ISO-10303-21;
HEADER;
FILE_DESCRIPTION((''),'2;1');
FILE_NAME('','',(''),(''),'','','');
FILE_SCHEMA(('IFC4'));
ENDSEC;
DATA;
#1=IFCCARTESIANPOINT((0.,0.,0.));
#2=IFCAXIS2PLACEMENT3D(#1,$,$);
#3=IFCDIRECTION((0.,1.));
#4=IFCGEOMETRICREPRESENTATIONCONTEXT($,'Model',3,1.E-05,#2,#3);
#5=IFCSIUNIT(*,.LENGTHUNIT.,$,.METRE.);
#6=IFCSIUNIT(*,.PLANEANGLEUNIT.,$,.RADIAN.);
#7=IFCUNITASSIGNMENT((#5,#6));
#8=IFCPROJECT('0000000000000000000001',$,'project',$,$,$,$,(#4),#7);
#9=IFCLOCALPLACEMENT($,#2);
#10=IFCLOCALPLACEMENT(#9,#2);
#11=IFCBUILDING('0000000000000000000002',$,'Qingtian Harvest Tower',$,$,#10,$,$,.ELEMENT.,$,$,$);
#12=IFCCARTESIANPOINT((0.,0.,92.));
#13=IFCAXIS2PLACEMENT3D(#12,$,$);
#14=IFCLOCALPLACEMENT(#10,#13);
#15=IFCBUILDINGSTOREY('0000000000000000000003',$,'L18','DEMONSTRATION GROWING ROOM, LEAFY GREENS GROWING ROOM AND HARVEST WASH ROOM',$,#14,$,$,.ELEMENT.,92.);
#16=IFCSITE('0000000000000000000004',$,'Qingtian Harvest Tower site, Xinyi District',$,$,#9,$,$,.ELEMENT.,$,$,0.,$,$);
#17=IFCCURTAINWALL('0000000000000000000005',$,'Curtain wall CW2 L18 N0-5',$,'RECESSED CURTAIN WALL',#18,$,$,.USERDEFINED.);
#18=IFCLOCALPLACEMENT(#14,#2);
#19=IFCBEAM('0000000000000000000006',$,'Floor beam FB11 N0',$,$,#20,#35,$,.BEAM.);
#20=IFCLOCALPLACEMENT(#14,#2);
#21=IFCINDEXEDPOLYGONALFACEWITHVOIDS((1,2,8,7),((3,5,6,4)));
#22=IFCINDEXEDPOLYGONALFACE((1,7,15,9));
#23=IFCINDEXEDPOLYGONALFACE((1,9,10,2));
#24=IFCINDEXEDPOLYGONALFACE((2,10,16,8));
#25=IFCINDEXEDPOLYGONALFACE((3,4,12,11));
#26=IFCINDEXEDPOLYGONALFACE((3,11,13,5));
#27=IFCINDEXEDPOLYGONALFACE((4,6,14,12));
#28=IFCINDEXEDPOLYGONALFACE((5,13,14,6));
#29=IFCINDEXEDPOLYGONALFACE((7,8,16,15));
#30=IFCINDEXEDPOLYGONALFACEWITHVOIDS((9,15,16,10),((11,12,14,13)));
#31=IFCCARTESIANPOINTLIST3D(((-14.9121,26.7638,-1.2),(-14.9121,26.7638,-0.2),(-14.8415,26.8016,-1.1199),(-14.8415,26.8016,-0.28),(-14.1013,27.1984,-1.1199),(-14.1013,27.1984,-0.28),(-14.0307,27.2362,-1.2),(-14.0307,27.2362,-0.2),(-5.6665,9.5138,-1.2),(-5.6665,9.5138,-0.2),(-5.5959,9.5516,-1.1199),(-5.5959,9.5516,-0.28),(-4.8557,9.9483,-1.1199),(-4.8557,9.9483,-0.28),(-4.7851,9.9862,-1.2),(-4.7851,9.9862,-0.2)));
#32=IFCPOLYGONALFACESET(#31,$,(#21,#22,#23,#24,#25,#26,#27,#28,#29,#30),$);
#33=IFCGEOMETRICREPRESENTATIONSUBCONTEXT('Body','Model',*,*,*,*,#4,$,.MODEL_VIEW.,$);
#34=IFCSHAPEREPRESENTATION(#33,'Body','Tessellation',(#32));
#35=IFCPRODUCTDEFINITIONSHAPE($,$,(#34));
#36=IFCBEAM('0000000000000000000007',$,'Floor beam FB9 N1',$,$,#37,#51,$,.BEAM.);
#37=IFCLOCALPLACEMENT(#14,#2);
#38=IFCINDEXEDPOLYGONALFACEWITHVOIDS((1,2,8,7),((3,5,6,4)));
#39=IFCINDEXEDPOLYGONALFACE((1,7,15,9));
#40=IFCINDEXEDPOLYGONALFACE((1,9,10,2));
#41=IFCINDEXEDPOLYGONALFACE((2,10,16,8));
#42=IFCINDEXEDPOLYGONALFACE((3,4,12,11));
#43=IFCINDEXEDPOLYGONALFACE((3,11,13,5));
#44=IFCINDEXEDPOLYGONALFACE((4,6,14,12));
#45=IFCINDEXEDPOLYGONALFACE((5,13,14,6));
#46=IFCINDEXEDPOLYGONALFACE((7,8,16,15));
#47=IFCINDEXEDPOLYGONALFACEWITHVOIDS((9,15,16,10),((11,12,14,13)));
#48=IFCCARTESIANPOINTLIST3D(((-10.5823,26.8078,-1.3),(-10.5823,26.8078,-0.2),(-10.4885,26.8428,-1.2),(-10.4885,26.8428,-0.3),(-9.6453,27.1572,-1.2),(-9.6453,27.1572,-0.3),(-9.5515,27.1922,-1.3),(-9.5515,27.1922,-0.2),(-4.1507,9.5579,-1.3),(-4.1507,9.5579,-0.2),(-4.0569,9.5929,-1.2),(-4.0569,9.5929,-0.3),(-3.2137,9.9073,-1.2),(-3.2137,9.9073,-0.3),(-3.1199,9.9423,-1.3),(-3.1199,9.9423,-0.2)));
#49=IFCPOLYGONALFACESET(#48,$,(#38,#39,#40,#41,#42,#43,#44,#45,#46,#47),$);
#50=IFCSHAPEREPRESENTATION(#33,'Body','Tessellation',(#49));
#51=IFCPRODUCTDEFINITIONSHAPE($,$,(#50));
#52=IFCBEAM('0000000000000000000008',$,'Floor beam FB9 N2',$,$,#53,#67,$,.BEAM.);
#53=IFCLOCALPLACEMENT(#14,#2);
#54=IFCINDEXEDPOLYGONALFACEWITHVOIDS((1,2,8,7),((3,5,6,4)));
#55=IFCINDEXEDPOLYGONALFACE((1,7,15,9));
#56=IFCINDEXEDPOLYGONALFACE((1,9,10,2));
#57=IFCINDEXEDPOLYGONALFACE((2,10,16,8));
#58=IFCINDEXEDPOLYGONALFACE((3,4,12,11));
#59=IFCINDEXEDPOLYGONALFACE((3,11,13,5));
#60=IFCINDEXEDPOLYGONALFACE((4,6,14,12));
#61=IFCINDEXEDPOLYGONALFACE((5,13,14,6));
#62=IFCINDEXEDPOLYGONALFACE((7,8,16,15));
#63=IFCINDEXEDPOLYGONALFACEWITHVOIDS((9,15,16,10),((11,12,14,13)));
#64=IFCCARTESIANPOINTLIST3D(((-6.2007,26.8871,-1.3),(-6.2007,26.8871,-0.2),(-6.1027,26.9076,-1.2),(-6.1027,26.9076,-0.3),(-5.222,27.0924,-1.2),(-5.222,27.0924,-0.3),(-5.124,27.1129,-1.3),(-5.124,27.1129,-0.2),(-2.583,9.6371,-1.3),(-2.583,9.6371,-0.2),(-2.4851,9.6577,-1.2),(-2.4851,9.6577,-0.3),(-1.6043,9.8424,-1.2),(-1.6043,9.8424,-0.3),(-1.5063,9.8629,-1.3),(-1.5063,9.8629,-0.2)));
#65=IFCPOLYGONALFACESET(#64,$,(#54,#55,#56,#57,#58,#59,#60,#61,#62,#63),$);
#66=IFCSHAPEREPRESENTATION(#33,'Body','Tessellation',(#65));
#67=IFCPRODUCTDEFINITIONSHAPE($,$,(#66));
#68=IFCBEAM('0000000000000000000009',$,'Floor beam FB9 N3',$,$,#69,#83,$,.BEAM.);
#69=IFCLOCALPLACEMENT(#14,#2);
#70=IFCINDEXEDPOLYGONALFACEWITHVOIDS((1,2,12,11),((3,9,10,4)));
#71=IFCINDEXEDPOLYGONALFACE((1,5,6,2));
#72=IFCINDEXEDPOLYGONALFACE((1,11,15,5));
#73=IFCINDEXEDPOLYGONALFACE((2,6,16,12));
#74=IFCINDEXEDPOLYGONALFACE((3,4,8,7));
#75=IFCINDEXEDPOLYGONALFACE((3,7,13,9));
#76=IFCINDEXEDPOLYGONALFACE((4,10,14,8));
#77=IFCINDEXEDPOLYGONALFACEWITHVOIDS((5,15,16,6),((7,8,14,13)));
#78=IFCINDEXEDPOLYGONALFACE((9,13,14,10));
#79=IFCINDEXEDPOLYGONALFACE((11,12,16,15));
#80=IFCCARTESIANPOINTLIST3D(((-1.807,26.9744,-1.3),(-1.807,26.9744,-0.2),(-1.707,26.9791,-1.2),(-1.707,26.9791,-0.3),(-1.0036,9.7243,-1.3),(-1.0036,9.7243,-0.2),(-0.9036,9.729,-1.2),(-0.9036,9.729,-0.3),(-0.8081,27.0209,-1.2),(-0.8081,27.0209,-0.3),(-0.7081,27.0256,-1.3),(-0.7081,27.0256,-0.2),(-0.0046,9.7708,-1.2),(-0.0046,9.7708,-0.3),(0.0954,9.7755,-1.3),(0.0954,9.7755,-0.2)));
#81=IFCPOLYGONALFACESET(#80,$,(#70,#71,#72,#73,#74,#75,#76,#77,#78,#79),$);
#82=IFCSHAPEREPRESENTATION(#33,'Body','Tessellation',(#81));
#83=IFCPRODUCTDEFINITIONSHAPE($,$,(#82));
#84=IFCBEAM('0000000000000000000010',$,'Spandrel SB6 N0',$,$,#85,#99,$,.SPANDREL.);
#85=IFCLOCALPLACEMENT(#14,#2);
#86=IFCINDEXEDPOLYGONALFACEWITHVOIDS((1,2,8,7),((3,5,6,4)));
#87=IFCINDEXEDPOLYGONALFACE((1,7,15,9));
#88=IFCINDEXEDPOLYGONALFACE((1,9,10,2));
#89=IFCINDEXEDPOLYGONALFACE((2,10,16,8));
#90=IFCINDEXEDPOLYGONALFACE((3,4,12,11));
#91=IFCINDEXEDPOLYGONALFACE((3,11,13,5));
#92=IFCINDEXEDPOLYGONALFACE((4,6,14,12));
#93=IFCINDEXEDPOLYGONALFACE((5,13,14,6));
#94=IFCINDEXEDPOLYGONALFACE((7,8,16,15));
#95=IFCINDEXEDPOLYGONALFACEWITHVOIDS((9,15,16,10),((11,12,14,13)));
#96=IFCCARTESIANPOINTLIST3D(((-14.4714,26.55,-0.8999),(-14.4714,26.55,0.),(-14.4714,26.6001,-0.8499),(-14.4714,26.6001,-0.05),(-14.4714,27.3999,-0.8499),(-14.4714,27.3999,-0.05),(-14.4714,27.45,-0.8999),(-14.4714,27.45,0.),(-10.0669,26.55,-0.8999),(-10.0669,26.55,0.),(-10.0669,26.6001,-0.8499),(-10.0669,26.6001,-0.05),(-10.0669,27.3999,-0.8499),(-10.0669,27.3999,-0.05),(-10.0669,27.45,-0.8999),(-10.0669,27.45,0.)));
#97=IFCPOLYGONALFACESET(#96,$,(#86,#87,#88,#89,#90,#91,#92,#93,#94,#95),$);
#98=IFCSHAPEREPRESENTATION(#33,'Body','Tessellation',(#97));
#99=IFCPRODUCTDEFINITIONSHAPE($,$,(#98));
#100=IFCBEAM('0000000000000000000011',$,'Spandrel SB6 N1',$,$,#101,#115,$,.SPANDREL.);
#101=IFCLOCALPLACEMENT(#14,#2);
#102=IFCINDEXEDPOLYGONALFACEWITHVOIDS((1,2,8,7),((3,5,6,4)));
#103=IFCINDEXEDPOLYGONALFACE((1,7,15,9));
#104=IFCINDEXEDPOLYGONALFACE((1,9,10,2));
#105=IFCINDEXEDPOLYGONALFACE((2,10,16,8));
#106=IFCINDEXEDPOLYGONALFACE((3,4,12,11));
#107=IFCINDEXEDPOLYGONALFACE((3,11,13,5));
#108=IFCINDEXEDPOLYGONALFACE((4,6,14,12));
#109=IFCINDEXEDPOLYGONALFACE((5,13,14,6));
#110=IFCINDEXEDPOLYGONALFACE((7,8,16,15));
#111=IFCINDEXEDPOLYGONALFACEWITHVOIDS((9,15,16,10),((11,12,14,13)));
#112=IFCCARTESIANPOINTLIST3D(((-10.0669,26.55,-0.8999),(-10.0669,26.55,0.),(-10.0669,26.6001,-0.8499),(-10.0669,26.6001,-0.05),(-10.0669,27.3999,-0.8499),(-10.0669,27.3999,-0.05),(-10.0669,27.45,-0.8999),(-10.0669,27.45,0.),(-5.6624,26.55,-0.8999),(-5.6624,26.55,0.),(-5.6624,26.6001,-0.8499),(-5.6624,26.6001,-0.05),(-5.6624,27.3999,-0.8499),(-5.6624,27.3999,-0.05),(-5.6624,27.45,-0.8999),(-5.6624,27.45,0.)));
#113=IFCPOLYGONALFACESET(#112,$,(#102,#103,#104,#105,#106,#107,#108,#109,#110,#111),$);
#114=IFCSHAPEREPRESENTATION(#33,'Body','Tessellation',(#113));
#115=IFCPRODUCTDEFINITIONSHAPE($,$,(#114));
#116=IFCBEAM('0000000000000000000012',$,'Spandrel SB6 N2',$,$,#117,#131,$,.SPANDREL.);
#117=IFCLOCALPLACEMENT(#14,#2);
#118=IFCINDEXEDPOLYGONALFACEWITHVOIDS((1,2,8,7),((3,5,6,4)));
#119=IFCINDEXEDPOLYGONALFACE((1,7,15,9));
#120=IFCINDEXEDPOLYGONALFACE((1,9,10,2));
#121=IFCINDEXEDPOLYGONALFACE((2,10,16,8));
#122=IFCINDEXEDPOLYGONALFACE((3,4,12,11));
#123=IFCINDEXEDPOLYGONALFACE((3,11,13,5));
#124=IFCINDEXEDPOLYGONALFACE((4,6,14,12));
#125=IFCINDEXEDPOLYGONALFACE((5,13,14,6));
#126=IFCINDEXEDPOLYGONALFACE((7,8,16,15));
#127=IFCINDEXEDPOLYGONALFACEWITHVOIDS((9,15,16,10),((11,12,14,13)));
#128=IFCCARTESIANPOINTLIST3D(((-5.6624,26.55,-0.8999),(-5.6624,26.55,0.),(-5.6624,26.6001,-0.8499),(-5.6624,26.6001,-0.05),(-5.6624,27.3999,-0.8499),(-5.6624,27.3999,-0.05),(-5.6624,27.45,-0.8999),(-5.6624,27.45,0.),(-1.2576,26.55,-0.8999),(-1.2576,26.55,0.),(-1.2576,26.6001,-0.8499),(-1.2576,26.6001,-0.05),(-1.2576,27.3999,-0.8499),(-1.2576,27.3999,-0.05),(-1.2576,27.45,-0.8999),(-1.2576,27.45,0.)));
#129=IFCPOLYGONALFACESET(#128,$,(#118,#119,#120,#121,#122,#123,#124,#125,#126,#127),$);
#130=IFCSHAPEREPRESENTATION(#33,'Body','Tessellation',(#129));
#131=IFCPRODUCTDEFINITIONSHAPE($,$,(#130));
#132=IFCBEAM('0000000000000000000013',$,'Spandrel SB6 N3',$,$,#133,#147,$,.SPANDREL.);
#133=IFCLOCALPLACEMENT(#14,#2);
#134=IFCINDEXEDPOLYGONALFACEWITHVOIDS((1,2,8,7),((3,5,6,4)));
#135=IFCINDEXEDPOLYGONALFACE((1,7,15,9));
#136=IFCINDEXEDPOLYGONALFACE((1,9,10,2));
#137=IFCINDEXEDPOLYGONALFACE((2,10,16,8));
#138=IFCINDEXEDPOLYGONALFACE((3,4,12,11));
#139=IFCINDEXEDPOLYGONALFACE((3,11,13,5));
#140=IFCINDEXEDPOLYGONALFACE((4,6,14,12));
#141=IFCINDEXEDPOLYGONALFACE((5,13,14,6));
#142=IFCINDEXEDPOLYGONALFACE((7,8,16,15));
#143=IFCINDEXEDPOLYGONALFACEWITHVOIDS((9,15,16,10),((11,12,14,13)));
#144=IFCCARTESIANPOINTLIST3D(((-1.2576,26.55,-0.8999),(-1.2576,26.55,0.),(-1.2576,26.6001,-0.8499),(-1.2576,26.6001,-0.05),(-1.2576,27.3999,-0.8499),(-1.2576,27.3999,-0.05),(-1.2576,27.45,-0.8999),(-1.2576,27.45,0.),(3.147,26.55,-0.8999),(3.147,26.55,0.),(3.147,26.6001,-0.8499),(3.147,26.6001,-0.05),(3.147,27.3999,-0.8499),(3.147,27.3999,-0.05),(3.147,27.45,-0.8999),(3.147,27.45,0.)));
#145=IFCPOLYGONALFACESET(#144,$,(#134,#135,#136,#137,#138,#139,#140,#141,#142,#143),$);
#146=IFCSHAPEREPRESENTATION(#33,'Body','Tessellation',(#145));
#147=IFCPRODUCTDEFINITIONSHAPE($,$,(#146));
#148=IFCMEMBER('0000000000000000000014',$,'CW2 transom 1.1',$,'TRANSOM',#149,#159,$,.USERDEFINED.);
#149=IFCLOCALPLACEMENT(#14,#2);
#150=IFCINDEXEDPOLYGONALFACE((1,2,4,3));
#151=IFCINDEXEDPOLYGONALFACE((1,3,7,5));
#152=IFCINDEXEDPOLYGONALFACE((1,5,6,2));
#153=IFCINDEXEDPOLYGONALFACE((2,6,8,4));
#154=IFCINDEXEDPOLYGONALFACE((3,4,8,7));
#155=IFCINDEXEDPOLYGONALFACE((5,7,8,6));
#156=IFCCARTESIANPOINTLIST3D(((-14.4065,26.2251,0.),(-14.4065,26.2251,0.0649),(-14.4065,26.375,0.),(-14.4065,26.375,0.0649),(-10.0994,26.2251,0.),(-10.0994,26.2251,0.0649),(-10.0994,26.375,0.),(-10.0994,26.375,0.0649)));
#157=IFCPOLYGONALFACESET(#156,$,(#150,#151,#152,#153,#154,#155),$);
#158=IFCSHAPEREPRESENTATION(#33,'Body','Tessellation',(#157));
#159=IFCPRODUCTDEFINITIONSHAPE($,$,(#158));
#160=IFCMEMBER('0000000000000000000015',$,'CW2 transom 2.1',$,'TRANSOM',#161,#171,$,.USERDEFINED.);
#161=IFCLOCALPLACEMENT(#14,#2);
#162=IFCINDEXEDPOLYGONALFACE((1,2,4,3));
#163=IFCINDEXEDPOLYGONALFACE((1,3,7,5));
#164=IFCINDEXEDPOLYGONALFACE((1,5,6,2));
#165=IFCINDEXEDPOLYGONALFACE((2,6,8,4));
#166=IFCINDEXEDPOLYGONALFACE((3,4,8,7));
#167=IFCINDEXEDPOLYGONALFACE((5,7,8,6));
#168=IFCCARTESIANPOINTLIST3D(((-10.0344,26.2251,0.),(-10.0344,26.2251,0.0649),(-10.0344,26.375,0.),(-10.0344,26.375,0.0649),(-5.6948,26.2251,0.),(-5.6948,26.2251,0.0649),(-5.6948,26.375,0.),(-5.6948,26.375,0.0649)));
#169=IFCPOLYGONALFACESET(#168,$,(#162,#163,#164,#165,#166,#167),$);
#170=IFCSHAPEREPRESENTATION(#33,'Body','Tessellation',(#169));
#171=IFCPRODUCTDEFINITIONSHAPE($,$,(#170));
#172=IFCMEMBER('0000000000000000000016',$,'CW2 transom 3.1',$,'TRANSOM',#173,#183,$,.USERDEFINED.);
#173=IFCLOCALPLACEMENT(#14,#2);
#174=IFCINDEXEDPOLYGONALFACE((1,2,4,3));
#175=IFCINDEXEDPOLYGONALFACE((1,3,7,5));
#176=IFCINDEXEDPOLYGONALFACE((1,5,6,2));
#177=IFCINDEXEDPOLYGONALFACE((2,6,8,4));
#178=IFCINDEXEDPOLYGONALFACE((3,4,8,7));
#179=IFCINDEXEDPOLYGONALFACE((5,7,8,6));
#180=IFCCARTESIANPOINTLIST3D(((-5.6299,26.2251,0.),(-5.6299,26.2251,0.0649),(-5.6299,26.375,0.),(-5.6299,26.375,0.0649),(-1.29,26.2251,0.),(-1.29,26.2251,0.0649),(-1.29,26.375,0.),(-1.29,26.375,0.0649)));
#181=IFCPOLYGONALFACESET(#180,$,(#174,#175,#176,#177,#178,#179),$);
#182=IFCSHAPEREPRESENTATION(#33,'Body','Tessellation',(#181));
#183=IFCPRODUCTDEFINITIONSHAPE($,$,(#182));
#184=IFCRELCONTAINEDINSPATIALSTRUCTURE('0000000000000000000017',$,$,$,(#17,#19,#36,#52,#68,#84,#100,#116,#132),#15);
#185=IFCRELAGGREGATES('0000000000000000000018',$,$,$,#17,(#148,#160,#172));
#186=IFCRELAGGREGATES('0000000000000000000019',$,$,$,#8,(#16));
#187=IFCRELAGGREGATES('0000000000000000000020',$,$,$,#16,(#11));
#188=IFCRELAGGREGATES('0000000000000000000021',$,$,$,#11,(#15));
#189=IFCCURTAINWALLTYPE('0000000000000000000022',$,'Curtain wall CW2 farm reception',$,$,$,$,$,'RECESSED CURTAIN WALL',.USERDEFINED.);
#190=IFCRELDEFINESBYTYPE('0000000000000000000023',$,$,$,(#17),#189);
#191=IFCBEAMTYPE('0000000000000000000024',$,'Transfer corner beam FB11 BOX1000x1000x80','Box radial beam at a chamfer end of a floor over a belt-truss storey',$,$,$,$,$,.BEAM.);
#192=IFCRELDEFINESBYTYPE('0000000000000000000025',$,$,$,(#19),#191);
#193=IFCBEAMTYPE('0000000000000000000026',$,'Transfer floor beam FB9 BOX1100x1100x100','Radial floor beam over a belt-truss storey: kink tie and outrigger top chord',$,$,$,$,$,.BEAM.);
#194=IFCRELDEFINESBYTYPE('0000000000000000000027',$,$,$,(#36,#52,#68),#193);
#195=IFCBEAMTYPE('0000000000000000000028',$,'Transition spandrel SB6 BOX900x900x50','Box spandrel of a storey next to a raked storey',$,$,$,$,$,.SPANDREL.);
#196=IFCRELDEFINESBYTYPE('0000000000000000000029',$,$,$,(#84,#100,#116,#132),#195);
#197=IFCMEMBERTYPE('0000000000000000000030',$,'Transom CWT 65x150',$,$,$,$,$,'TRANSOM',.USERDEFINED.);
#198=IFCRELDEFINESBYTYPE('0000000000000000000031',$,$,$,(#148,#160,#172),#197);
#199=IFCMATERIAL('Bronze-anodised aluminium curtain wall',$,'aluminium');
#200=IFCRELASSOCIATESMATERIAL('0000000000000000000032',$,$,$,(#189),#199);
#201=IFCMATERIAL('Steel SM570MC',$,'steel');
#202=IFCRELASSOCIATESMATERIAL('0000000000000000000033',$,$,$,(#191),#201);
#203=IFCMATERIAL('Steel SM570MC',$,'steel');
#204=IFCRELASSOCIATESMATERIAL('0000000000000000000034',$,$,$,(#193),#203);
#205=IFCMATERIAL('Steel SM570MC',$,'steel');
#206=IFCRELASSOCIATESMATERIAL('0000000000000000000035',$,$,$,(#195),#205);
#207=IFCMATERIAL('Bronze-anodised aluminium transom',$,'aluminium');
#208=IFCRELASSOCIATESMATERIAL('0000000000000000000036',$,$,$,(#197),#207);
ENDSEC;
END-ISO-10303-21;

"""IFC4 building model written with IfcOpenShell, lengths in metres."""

from ifc_helpers import new_model, si_unit, direction, frame, origin, origin_2d, place, context, subcontext, project, spatial, rectangle, hollow_rectangle, extrude, material, material_profile, profile_set, type_object, element, aggregate, save


model = new_model("IFC4")

# Units and contexts
model_context = context("Model", 3, precision=1e-05, world=origin(), true_north=direction((0.0, 1.0)))
body_context = subcontext(model_context, "Body", "Model", "MODEL_VIEW")
ifc_project = project(units=[si_unit("LENGTHUNIT", "METRE"), si_unit("PLANEANGLEUNIT", "RADIAN")], contexts=[model_context])

# Site, building, storey
site_placement = place(None, origin())
site = spatial("IfcSite", under=ifc_project, at=site_placement, Name="Qingtian Harvest Tower site, Xinyi District", CompositionType="ELEMENT", RefElevation=0.0)
building_placement = place(site_placement, origin())
building = spatial("IfcBuilding", under=site, at=building_placement, Name="Qingtian Harvest Tower", CompositionType="ELEMENT")
storey_placement = place(building_placement, frame((0.0, 0.0, 92.0)))
storey = spatial("IfcBuildingStorey", under=building, at=storey_placement, Name="L18", Description="DEMONSTRATION GROWING ROOM, LEAFY GREENS GROWING ROOM AND HARVEST WASH ROOM", CompositionType="ELEMENT", Elevation=92.0)

# Curtain wall
ifc_material_1 = material(Name="Bronze-anodised aluminium curtain wall", Category="aluminium")
curtain_wall_type = type_object("IfcCurtainWallType", Name="Curtain wall CW2 farm reception", ElementType="RECESSED CURTAIN WALL", PredefinedType="USERDEFINED", material=ifc_material_1)
curtain_wall_1_placement = place(storey_placement, origin())
curtain_wall_1 = element("IfcCurtainWall", 1, at=curtain_wall_1_placement, inside=storey, type_object=curtain_wall_type, Name="Curtain wall CW2 L18 N0-5", ObjectType="RECESSED CURTAIN WALL", PredefinedType="USERDEFINED")

# Beams
ifc_material_2 = material(Name="Steel SM570MC", Category="steel")
ifc_material_profile_1 = material_profile(ifc_material_2, hollow_rectangle(XDim=1.0, YDim=1.0, WallThickness=0.0801, at=origin_2d()), Name="BOX1000x1000x80")
ifc_profile_set_1 = profile_set([ifc_material_profile_1], Name="Steel SM570MC")
beam_type_1 = type_object("IfcBeamType", Name="Transfer corner beam FB11 BOX1000x1000x80", Description="Box radial beam at a chamfer end of a floor over a belt-truss storey", PredefinedType="BEAM", material=ifc_profile_set_1)
beam_1_placement = place(storey_placement, frame((-14.4714, 27.0, -0.7), z_axis=(0.472401, -0.881384, 0.0), x_axis=(0.881384, 0.472401, 0.0)))
element("IfcBeam", 2, at=beam_1_placement, inside=storey, type_object=beam_type_1, Name="Floor beam FB11 N0", PredefinedType="BEAM", context=body_context, shape_type="SweptSolid", body=[
    extrude(hollow_rectangle(XDim=1.0, YDim=1.0, WallThickness=0.0801, at=origin_2d()), origin(), (0.0, 0.0, 1.0), 19.5715),
])
ifc_material_3 = material(Name="Steel SM570MC", Category="steel")
ifc_material_profile_2 = material_profile(ifc_material_3, hollow_rectangle(XDim=1.1001, YDim=1.1001, WallThickness=0.1001, at=origin_2d()), Name="BOX1100x1100x100")
ifc_profile_set_2 = profile_set([ifc_material_profile_2], Name="Steel SM570MC")
beam_type_2 = type_object("IfcBeamType", Name="Transfer floor beam FB9 BOX1100x1100x100", Description="Radial floor beam over a belt-truss storey: kink tie and outrigger top chord", PredefinedType="BEAM", material=ifc_profile_set_2)
beam_2_placement = place(storey_placement, frame((-10.0669, 27.0, -0.75), z_axis=(0.349356, -0.93699, 0.0), x_axis=(0.93699, 0.349356, 0.0)))
element("IfcBeam", 3, at=beam_2_placement, inside=storey, type_object=beam_type_2, Name="Floor beam FB9 N1", PredefinedType="BEAM", context=body_context, shape_type="SweptSolid", body=[
    extrude(hollow_rectangle(XDim=1.1001, YDim=1.1001, WallThickness=0.1001, at=origin_2d()), origin(), (0.0, 0.0, 1.0), 18.4099),
])
beam_3_placement = place(storey_placement, frame((-5.6624, 27.0, -0.75), z_axis=(0.205255, -0.978709, 0.0), x_axis=(0.978709, 0.205255, 0.0)))
element("IfcBeam", 4, at=beam_3_placement, inside=storey, type_object=beam_type_2, Name="Floor beam FB9 N2", PredefinedType="BEAM", context=body_context, shape_type="SweptSolid", body=[
    extrude(hollow_rectangle(XDim=1.1001, YDim=1.1001, WallThickness=0.1001, at=origin_2d()), origin(), (0.0, 0.0, 1.0), 17.6252),
])
beam_4_placement = place(storey_placement, frame((-1.2576, 27.0, -0.75), z_axis=(0.046527, -0.998917, 0.0), x_axis=(0.998917, 0.046527, 0.0)))
element("IfcBeam", 5, at=beam_4_placement, inside=storey, type_object=beam_type_2, Name="Floor beam FB9 N3", PredefinedType="BEAM", context=body_context, shape_type="SweptSolid", body=[
    extrude(hollow_rectangle(XDim=1.1001, YDim=1.1001, WallThickness=0.1001, at=origin_2d()), origin(), (0.0, 0.0, 1.0), 17.2688),
])
ifc_material_4 = material(Name="Steel SM570MC", Category="steel")
ifc_material_profile_3 = material_profile(ifc_material_4, hollow_rectangle(XDim=0.8999, YDim=0.8999, WallThickness=0.05, at=origin_2d()), Name="BOX900x900x50")
ifc_profile_set_3 = profile_set([ifc_material_profile_3], Name="Steel SM570MC")
beam_type_3 = type_object("IfcBeamType", Name="Transition spandrel SB6 BOX900x900x50", Description="Box spandrel of a storey next to a raked storey", PredefinedType="SPANDREL", material=ifc_profile_set_3)
for number, where, z_axis, x_axis, name in (
    (6, (-14.4714, 27.0, -0.45), (1.0, 0.0, 0.0), (0.0, 1.0, 0.0), "Spandrel SB6 N0"),
    (7, (-10.0669, 27.0, -0.45), (1.0, 0.0, 0.0), (0.0, 1.0, 0.0), "Spandrel SB6 N1"),
):
    element("IfcBeam", number, at=place(storey_placement, frame(where, z_axis=z_axis, x_axis=x_axis)), inside=storey, type_object=beam_type_3, Name=name, PredefinedType="SPANDREL", context=body_context, shape_type="SweptSolid", body=[
        extrude(hollow_rectangle(XDim=0.8999, YDim=0.8999, WallThickness=0.05, at=origin_2d()), origin(), (0.0, 0.0, 1.0), 4.4045),
    ])
beam_5_placement = place(storey_placement, frame((-5.6624, 27.0, -0.45), z_axis=(1.0, 0.0, 0.0), x_axis=(0.0, 1.0, 0.0)))
element("IfcBeam", 8, at=beam_5_placement, inside=storey, type_object=beam_type_3, Name="Spandrel SB6 N2", PredefinedType="SPANDREL", context=body_context, shape_type="SweptSolid", body=[
    extrude(hollow_rectangle(XDim=0.8999, YDim=0.8999, WallThickness=0.05, at=origin_2d()), origin(), (0.0, 0.0, 1.0), 4.4048),
])
beam_6_placement = place(storey_placement, frame((-1.2576, 27.0, -0.45), z_axis=(1.0, 0.0, 0.0), x_axis=(0.0, 1.0, 0.0)))
element("IfcBeam", 9, at=beam_6_placement, inside=storey, type_object=beam_type_3, Name="Spandrel SB6 N3", PredefinedType="SPANDREL", context=body_context, shape_type="SweptSolid", body=[
    extrude(hollow_rectangle(XDim=0.8999, YDim=0.8999, WallThickness=0.05, at=origin_2d()), origin(), (0.0, 0.0, 1.0), 4.4045),
])

# Members
ifc_material_5 = material(Name="Bronze-anodised aluminium transom", Category="aluminium")
ifc_material_profile_4 = material_profile(ifc_material_5, rectangle(XDim=0.1499, YDim=0.0649, at=origin_2d()), Name="AL 65x150")
ifc_profile_set_4 = profile_set([ifc_material_profile_4], Name="Bronze-anodised aluminium transom")
member_type_1 = type_object("IfcMemberType", Name="Transom CWT 65x150", ElementType="TRANSOM", PredefinedType="USERDEFINED", material=ifc_profile_set_4)
member_1_placement = place(storey_placement, frame((-14.4065, 26.3, 0.0325), z_axis=(1.0, 0.0, 0.0), x_axis=(0.0, 1.0, 0.0)))
member_1 = element("IfcMember", 10, at=member_1_placement, type_object=member_type_1, Name="CW2 transom 1.1", ObjectType="TRANSOM", PredefinedType="USERDEFINED", context=body_context, shape_type="SweptSolid", body=[
    extrude(rectangle(XDim=0.1499, YDim=0.0649, at=origin_2d()), origin(), (0.0, 0.0, 1.0), 4.3071),
])
member_2_placement = place(storey_placement, frame((-10.0344, 26.3, 0.0325), z_axis=(1.0, 0.0, 0.0), x_axis=(0.0, 1.0, 0.0)))
member_2 = element("IfcMember", 11, at=member_2_placement, type_object=member_type_1, Name="CW2 transom 2.1", ObjectType="TRANSOM", PredefinedType="USERDEFINED", context=body_context, shape_type="SweptSolid", body=[
    extrude(rectangle(XDim=0.1499, YDim=0.0649, at=origin_2d()), origin(), (0.0, 0.0, 1.0), 4.3396),
])
member_3_placement = place(storey_placement, frame((-5.6299, 26.3, 0.0325), z_axis=(1.0, 0.0, 0.0), x_axis=(0.0, 1.0, 0.0)))
member_3 = element("IfcMember", 12, at=member_3_placement, type_object=member_type_1, Name="CW2 transom 3.1", ObjectType="TRANSOM", PredefinedType="USERDEFINED", context=body_context, shape_type="SweptSolid", body=[
    extrude(rectangle(XDim=0.1499, YDim=0.0649, at=origin_2d()), origin(), (0.0, 0.0, 1.0), 4.3398),
])

aggregate(curtain_wall_1, [member_1, member_2, member_3])

save(model, "model.ifc")
